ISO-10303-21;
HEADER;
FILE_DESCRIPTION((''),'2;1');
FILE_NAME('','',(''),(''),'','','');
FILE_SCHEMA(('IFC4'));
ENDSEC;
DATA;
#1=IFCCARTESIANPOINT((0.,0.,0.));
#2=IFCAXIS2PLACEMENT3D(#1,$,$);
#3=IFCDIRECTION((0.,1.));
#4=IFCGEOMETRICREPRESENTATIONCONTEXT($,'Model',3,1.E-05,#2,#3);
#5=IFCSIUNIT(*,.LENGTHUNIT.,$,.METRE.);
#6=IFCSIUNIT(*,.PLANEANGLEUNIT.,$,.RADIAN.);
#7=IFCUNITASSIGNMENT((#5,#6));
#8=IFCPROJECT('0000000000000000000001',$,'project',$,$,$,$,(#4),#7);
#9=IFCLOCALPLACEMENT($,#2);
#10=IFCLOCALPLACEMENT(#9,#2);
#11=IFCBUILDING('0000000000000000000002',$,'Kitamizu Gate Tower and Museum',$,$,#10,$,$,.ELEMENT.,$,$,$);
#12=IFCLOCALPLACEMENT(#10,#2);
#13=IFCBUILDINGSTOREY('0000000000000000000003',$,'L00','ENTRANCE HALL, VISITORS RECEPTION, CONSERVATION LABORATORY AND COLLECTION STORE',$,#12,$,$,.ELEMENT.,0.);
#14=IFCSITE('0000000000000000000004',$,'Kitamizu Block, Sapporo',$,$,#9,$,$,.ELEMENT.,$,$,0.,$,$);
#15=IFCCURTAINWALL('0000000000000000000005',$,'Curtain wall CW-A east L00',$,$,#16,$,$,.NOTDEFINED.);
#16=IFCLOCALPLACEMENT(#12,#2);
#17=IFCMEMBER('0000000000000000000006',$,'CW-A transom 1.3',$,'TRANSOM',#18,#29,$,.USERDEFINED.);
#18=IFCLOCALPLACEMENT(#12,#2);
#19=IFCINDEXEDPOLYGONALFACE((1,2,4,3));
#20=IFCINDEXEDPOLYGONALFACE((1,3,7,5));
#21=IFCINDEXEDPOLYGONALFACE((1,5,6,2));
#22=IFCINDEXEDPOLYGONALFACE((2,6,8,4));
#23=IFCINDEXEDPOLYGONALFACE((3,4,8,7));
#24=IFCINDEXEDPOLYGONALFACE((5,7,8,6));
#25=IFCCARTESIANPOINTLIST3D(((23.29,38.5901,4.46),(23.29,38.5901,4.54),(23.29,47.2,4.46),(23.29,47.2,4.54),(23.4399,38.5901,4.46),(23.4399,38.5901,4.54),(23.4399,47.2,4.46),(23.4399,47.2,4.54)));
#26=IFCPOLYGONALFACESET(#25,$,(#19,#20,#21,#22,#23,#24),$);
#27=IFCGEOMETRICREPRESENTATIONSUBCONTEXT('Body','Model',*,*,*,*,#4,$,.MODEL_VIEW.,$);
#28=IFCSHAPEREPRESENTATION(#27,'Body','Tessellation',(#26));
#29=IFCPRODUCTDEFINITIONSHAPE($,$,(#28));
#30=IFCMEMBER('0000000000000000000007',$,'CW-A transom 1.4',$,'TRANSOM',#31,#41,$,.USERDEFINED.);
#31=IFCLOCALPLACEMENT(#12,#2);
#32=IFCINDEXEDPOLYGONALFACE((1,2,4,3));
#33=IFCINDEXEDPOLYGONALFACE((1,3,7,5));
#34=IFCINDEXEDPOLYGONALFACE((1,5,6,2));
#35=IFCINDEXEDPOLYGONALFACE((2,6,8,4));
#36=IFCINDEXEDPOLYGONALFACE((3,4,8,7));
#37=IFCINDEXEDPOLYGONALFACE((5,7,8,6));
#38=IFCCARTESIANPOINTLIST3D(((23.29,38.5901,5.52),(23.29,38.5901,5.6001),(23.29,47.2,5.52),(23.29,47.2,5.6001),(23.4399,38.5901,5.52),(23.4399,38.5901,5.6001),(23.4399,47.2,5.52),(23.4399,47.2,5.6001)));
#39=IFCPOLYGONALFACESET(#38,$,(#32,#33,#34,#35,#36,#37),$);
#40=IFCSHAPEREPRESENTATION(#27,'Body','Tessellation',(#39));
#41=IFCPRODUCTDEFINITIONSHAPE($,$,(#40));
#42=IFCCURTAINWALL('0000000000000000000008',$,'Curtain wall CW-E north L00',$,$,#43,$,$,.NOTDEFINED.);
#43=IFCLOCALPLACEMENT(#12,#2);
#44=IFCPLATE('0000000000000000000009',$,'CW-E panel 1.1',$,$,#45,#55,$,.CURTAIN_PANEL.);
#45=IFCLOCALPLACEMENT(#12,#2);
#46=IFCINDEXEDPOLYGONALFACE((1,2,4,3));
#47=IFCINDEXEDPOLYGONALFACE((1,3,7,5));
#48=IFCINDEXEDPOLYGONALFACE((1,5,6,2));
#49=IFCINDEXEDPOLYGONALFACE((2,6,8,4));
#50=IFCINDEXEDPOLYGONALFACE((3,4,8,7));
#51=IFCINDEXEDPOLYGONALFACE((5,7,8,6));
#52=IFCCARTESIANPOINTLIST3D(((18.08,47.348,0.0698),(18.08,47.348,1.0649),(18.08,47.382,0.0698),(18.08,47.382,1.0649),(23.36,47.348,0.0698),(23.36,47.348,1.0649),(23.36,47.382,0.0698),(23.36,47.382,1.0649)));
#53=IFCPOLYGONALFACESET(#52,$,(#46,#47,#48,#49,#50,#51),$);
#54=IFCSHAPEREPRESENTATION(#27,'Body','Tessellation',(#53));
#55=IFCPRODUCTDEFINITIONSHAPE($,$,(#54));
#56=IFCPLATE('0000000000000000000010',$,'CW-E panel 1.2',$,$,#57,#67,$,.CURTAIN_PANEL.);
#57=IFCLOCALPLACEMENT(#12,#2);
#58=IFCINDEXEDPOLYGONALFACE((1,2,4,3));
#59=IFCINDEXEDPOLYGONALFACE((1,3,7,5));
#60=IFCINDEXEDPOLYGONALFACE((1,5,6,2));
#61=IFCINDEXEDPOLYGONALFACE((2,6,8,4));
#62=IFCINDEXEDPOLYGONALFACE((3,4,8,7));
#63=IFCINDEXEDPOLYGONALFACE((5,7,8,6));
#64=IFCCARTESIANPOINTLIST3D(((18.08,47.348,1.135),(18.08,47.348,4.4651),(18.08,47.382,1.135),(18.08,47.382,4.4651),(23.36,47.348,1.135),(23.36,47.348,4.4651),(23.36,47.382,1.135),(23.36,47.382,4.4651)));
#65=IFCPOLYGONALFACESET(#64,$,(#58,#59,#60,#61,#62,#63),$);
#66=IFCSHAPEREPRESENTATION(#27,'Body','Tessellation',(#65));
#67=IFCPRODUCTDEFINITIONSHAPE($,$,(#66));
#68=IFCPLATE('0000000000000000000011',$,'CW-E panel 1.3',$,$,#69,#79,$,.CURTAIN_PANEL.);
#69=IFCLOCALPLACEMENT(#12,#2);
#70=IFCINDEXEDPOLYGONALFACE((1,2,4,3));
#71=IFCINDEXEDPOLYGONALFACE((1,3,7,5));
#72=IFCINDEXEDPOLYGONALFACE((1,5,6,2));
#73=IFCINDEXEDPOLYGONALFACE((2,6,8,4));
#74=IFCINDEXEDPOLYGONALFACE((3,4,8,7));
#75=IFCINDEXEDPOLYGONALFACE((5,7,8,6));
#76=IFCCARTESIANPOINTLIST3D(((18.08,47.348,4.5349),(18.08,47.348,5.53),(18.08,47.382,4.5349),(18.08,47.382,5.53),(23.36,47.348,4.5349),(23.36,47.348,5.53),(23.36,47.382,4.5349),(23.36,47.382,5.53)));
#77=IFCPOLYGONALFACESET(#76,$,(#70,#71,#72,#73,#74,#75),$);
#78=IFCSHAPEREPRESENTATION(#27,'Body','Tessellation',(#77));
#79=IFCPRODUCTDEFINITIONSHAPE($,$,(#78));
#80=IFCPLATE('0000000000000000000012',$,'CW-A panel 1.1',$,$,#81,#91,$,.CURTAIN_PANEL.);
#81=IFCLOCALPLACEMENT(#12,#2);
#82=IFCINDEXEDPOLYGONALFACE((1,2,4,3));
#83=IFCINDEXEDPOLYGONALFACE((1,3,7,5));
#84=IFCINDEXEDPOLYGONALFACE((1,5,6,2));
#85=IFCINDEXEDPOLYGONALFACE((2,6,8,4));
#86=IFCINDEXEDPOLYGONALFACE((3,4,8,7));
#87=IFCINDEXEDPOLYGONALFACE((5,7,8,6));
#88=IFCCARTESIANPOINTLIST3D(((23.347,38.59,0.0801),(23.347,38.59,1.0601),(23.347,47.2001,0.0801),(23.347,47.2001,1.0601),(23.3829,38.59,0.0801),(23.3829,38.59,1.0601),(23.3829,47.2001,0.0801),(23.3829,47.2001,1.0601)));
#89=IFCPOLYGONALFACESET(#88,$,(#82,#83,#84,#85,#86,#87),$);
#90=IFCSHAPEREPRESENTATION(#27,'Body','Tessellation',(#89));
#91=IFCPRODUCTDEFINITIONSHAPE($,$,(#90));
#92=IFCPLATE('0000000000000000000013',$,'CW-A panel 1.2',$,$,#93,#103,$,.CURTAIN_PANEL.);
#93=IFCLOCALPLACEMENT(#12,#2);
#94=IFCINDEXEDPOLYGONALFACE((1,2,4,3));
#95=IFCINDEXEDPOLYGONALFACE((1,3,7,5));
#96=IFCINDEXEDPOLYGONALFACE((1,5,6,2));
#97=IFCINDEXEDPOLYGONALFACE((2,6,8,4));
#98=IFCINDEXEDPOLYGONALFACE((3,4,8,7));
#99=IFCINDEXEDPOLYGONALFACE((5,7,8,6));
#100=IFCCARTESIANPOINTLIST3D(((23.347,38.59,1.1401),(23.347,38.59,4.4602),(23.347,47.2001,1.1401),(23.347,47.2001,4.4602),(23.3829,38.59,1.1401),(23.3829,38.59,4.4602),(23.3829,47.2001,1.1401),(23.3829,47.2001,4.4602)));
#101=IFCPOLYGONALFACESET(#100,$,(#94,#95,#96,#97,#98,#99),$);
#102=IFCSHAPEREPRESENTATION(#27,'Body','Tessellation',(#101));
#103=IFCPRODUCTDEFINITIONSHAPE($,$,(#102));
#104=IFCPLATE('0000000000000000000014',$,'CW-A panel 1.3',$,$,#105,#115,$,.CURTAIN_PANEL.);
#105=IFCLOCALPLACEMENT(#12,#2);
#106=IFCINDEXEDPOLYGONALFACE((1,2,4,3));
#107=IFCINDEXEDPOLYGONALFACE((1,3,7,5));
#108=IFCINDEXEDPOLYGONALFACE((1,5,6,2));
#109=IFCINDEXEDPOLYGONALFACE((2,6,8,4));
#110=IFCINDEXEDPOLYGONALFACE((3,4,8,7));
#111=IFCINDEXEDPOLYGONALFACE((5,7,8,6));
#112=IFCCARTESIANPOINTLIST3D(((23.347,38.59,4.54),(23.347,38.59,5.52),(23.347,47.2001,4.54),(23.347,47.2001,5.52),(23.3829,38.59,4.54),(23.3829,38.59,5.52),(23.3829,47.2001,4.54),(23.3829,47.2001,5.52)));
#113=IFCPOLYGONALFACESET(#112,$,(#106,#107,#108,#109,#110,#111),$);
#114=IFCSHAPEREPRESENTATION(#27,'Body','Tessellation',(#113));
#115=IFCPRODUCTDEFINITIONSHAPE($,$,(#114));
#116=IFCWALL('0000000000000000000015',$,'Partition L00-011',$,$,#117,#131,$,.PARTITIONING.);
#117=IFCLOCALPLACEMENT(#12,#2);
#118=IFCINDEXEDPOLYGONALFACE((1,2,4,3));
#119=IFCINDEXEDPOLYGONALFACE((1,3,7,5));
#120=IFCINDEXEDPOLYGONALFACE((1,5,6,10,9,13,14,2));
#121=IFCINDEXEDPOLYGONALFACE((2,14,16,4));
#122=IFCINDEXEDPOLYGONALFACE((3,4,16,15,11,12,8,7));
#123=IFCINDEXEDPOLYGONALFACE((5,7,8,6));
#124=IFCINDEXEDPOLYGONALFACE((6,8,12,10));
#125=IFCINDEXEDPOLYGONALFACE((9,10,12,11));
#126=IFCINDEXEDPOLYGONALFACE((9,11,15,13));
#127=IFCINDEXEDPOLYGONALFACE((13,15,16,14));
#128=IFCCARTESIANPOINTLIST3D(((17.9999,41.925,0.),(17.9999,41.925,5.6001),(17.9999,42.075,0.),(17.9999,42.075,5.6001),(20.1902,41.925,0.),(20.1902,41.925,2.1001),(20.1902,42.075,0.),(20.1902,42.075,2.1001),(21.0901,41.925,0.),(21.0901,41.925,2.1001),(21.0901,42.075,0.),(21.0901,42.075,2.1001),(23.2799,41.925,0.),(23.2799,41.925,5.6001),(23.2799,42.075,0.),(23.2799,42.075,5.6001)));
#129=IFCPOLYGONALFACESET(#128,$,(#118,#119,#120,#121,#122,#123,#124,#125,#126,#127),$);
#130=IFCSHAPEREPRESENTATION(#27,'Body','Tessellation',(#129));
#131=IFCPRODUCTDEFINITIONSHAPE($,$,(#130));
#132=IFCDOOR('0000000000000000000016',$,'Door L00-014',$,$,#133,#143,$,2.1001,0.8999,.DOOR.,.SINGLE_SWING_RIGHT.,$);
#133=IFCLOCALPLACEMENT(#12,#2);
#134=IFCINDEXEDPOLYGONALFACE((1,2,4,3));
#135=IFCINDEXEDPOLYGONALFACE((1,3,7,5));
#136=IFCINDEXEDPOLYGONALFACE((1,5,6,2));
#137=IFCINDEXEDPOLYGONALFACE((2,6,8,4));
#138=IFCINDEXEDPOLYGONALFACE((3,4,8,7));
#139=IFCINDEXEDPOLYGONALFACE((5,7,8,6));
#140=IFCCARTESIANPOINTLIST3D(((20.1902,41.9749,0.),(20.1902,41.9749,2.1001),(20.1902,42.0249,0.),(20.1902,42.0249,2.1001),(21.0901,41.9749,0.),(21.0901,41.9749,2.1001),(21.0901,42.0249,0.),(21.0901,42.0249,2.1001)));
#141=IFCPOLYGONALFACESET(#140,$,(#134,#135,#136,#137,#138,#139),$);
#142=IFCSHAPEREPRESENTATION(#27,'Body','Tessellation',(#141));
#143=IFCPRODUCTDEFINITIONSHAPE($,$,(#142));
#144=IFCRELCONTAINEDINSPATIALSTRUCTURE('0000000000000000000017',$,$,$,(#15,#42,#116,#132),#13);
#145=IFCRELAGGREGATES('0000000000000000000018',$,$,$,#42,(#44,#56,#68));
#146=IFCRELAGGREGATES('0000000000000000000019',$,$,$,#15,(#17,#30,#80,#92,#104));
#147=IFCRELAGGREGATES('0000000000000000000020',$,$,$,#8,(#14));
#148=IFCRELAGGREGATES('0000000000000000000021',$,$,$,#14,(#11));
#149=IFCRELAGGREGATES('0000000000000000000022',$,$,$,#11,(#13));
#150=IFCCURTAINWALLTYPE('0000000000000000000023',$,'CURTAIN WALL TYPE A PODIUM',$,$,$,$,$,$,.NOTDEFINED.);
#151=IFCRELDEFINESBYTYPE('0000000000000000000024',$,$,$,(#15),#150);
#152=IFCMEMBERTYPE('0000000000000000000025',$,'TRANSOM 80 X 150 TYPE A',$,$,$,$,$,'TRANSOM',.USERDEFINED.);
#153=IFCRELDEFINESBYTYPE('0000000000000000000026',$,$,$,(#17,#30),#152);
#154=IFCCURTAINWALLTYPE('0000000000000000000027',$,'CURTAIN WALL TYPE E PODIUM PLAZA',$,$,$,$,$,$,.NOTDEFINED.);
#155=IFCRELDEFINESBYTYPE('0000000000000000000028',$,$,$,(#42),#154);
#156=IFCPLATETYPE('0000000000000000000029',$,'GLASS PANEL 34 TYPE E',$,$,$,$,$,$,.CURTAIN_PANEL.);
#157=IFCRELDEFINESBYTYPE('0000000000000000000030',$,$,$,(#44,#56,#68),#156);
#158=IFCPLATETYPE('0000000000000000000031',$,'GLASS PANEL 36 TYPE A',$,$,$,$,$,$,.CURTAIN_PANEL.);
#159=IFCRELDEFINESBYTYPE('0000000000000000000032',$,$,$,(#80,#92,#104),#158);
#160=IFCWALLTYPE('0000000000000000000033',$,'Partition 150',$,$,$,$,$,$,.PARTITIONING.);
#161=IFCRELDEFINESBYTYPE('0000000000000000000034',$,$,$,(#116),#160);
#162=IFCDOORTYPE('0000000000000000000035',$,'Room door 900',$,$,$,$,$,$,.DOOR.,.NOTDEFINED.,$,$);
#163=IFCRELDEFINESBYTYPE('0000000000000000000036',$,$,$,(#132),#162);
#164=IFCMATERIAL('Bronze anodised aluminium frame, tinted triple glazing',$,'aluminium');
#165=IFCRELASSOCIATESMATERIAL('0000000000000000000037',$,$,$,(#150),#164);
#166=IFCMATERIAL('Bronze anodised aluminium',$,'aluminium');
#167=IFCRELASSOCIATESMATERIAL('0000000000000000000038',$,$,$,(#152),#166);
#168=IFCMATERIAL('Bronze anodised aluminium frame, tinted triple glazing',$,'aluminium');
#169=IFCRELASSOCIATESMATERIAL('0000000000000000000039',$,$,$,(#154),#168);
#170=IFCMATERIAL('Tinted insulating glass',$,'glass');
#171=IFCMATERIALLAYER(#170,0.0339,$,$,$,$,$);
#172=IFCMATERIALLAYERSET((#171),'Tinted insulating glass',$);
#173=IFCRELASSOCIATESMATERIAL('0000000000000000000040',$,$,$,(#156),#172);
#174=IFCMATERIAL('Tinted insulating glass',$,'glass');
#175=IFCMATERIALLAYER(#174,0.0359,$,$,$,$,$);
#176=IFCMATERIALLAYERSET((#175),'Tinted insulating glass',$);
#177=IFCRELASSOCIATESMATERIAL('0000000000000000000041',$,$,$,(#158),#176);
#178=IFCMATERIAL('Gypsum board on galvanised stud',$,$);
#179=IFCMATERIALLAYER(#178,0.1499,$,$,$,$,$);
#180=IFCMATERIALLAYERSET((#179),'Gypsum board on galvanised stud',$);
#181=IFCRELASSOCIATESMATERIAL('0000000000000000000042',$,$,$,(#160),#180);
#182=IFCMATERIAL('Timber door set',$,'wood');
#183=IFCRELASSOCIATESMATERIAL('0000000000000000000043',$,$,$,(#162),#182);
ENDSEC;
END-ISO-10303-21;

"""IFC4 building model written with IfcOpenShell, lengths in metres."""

from ifc_helpers import new_model, si_unit, direction, frame, frame_2d, origin, origin_2d, place, context, subcontext, project, spatial, rectangle, extrude, material, layer, layer_set, material_profile, profile_set, type_object, element, fill, aggregate, save


model = new_model("IFC4")

# Units and contexts
model_context = context("Model", 3, precision=1e-05, world=origin(), true_north=direction((0.0, 1.0)))
body_context = subcontext(model_context, "Body", "Model", "MODEL_VIEW")
ifc_project = project(units=[si_unit("LENGTHUNIT", "METRE"), si_unit("PLANEANGLEUNIT", "RADIAN")], contexts=[model_context])

# Site, building, storey
site_placement = place(None, origin())
site = spatial("IfcSite", under=ifc_project, at=site_placement, Name="Kitamizu Block, Sapporo", CompositionType="ELEMENT", RefElevation=0.0)
building_placement = place(site_placement, origin())
building = spatial("IfcBuilding", under=site, at=building_placement, Name="Kitamizu Gate Tower and Museum", CompositionType="ELEMENT")
storey_placement = place(building_placement, origin())
storey = spatial("IfcBuildingStorey", under=building, at=storey_placement, Name="L00", Description="ENTRANCE HALL, VISITORS RECEPTION, CONSERVATION LABORATORY AND COLLECTION STORE", CompositionType="ELEMENT", Elevation=0.0)

# Curtain wall, members
ifc_material_1 = material(Name="Bronze anodised aluminium frame, tinted triple glazing", Category="aluminium")
curtain_wall_type_1 = type_object("IfcCurtainWallType", Name="CURTAIN WALL TYPE A PODIUM", PredefinedType="NOTDEFINED", material=ifc_material_1)
curtain_wall_1_placement = place(storey_placement, origin())
curtain_wall_1 = element("IfcCurtainWall", 1, at=curtain_wall_1_placement, inside=storey, type_object=curtain_wall_type_1, Name="Curtain wall CW-A east L00", PredefinedType="NOTDEFINED")
ifc_material_2 = material(Name="Bronze anodised aluminium", Category="aluminium")
ifc_material_profile_1 = material_profile(ifc_material_2, rectangle(XDim=0.1499, YDim=0.0801, at=origin_2d()), Name="AL 80X150")
ifc_profile_set_1 = profile_set([ifc_material_profile_1], Name="Bronze anodised aluminium")
member_type_1 = type_object("IfcMemberType", Name="TRANSOM 80 X 150 TYPE A", ElementType="TRANSOM", PredefinedType="USERDEFINED", material=ifc_profile_set_1)
member_1_placement = place(storey_placement, frame((23.365, 38.5901, 4.5), z_axis=(0.0, 1.0, 0.0), x_axis=(-1.0, 0.0, 0.0)))
member_1 = element("IfcMember", 2, at=member_1_placement, type_object=member_type_1, Name="CW-A transom 1.3", ObjectType="TRANSOM", PredefinedType="USERDEFINED", context=body_context, shape_type="SweptSolid", body=[
    extrude(rectangle(XDim=0.1499, YDim=0.0801, at=origin_2d()), origin(), (0.0, 0.0, 1.0), 8.6099),
])
member_2_placement = place(storey_placement, frame((23.365, 38.5901, 5.5601), z_axis=(0.0, 1.0, 0.0), x_axis=(-1.0, 0.0, 0.0)))
member_2 = element("IfcMember", 3, at=member_2_placement, type_object=member_type_1, Name="CW-A transom 1.4", ObjectType="TRANSOM", PredefinedType="USERDEFINED", context=body_context, shape_type="SweptSolid", body=[
    extrude(rectangle(XDim=0.1499, YDim=0.0801, at=origin_2d()), origin(), (0.0, 0.0, 1.0), 8.6099),
])

# Curtain wall, plates
ifc_material_3 = material(Name="Bronze anodised aluminium frame, tinted triple glazing", Category="aluminium")
curtain_wall_type_2 = type_object("IfcCurtainWallType", Name="CURTAIN WALL TYPE E PODIUM PLAZA", PredefinedType="NOTDEFINED", material=ifc_material_3)
curtain_wall_2_placement = place(storey_placement, origin())
curtain_wall_2 = element("IfcCurtainWall", 4, at=curtain_wall_2_placement, inside=storey, type_object=curtain_wall_type_2, Name="Curtain wall CW-E north L00", PredefinedType="NOTDEFINED")
ifc_material_4 = material(Name="Tinted insulating glass", Category="glass")
ifc_layer_1 = layer(ifc_material_4, 0.0339)
ifc_layer_set_1 = layer_set([ifc_layer_1], Name="Tinted insulating glass")
plate_type_1 = type_object("IfcPlateType", Name="GLASS PANEL 34 TYPE E", PredefinedType="CURTAIN_PANEL", material=ifc_layer_set_1)
plate_1_placement = place(storey_placement, frame((20.72, 47.365, 0.0698), z_axis=(0.0, 0.0, 1.0), x_axis=(1.0, 0.0, 0.0)))
plate_1 = element("IfcPlate", 5, at=plate_1_placement, type_object=plate_type_1, Name="CW-E panel 1.1", PredefinedType="CURTAIN_PANEL", context=body_context, shape_type="SweptSolid", body=[
    extrude(rectangle(XDim=5.28, YDim=0.0339, at=origin_2d()), origin(), (0.0, 0.0, 1.0), 0.9951),
])
plate_2_placement = place(storey_placement, frame((20.72, 47.365, 1.135), z_axis=(0.0, 0.0, 1.0), x_axis=(1.0, 0.0, 0.0)))
plate_2 = element("IfcPlate", 6, at=plate_2_placement, type_object=plate_type_1, Name="CW-E panel 1.2", PredefinedType="CURTAIN_PANEL", context=body_context, shape_type="SweptSolid", body=[
    extrude(rectangle(XDim=5.28, YDim=0.0339, at=origin_2d()), origin(), (0.0, 0.0, 1.0), 3.3301),
])
plate_3_placement = place(storey_placement, frame((20.72, 47.365, 4.5349), z_axis=(0.0, 0.0, 1.0), x_axis=(1.0, 0.0, 0.0)))
plate_3 = element("IfcPlate", 7, at=plate_3_placement, type_object=plate_type_1, Name="CW-E panel 1.3", PredefinedType="CURTAIN_PANEL", context=body_context, shape_type="SweptSolid", body=[
    extrude(rectangle(XDim=5.28, YDim=0.0339, at=origin_2d()), origin(), (0.0, 0.0, 1.0), 0.9951),
])
aggregate(curtain_wall_2, [plate_1, plate_2, plate_3])

# Plates
ifc_material_5 = material(Name="Tinted insulating glass", Category="glass")
ifc_layer_2 = layer(ifc_material_5, 0.0359)
ifc_layer_set_2 = layer_set([ifc_layer_2], Name="Tinted insulating glass")
plate_type_2 = type_object("IfcPlateType", Name="GLASS PANEL 36 TYPE A", PredefinedType="CURTAIN_PANEL", material=ifc_layer_set_2)
plate_4_placement = place(storey_placement, frame((23.365, 42.895, 0.0801), z_axis=(0.0, 0.0, 1.0), x_axis=(0.0, 1.0, 0.0)))
plate_4 = element("IfcPlate", 8, at=plate_4_placement, type_object=plate_type_2, Name="CW-A panel 1.1", PredefinedType="CURTAIN_PANEL", context=body_context, shape_type="SweptSolid", body=[
    extrude(rectangle(XDim=8.6101, YDim=0.0359, at=origin_2d()), origin(), (0.0, 0.0, 1.0), 0.98),
])
plate_5_placement = place(storey_placement, frame((23.365, 42.895, 1.1401), z_axis=(0.0, 0.0, 1.0), x_axis=(0.0, 1.0, 0.0)))
plate_5 = element("IfcPlate", 9, at=plate_5_placement, type_object=plate_type_2, Name="CW-A panel 1.2", PredefinedType="CURTAIN_PANEL", context=body_context, shape_type="SweptSolid", body=[
    extrude(rectangle(XDim=8.6101, YDim=0.0359, at=origin_2d()), origin(), (0.0, 0.0, 1.0), 3.3201),
])
plate_6_placement = place(storey_placement, frame((23.365, 42.895, 4.54), z_axis=(0.0, 0.0, 1.0), x_axis=(0.0, 1.0, 0.0)))
plate_6 = element("IfcPlate", 10, at=plate_6_placement, type_object=plate_type_2, Name="CW-A panel 1.3", PredefinedType="CURTAIN_PANEL", context=body_context, shape_type="SweptSolid", body=[
    extrude(rectangle(XDim=8.6101, YDim=0.0359, at=origin_2d()), origin(), (0.0, 0.0, 1.0), 0.98),
])
aggregate(curtain_wall_1, [member_1, member_2, plate_4, plate_5, plate_6])

# Wall, opening, door
ifc_material_6 = material(Name="Gypsum board on galvanised stud")
ifc_layer_3 = layer(ifc_material_6, 0.1499)
ifc_layer_set_3 = layer_set([ifc_layer_3], Name="Gypsum board on galvanised stud")
wall_type = type_object("IfcWallType", Name="Partition 150", PredefinedType="PARTITIONING", material=ifc_layer_set_3)
wall_placement = place(storey_placement, frame((23.28, 42.0, 0.0), z_axis=(0.0, 0.0, 1.0), x_axis=(-1.0, 0.0, 0.0)))
wall = element("IfcWall", 11, at=wall_placement, inside=storey, type_object=wall_type, Name="Partition L00-011", PredefinedType="PARTITIONING", context=body_context, shape_type="SweptSolid", body=[
    extrude(rectangle(XDim=5.28, YDim=0.1499, at=frame_2d((2.6401, 0.0))), origin(), (0.0, 0.0, 1.0), 5.6001),
])
opening_placement = place(wall_placement, frame((2.1899, 0.0, 0.0)))
opening = element("IfcOpeningElement", 12, at=opening_placement, cuts=wall, PredefinedType="OPENING", context=body_context, shape_type="SweptSolid", body=[
    extrude(rectangle(XDim=0.8999, YDim=2.1001, at=frame_2d((0.45, 1.05))), frame((0.0, 0.085, 0.0), z_axis=(0.0, -1.0, 0.0), x_axis=(1.0, 0.0, 0.0)), (0.0, 0.0, 1.0), 0.1699),
])
ifc_material_7 = material(Name="Timber door set", Category="wood")
door_type = type_object("IfcDoorType", Name="Room door 900", OperationType="NOTDEFINED", PredefinedType="DOOR", material=ifc_material_7)
door_placement = place(opening_placement, frame((0.8999, 0.0, 0.0), x_axis=(-1.0, 0.0, 0.0)))
door = element("IfcDoor", 13, at=door_placement, inside=storey, type_object=door_type, Name="Door L00-014", OperationType="SINGLE_SWING_RIGHT", OverallHeight=2.1001, OverallWidth=0.8999, PredefinedType="DOOR", context=body_context, shape_type="SweptSolid", body=[
    extrude(rectangle(XDim=0.8999, YDim=2.1001, at=frame_2d((0.45, 1.05))), frame((0.0, 0.0249, 0.0), z_axis=(0.0, -1.0, 0.0), x_axis=(1.0, 0.0, 0.0)), (0.0, 0.0, 1.0), 0.05),
])
fill(opening, door)

save(model, "model.ifc")
